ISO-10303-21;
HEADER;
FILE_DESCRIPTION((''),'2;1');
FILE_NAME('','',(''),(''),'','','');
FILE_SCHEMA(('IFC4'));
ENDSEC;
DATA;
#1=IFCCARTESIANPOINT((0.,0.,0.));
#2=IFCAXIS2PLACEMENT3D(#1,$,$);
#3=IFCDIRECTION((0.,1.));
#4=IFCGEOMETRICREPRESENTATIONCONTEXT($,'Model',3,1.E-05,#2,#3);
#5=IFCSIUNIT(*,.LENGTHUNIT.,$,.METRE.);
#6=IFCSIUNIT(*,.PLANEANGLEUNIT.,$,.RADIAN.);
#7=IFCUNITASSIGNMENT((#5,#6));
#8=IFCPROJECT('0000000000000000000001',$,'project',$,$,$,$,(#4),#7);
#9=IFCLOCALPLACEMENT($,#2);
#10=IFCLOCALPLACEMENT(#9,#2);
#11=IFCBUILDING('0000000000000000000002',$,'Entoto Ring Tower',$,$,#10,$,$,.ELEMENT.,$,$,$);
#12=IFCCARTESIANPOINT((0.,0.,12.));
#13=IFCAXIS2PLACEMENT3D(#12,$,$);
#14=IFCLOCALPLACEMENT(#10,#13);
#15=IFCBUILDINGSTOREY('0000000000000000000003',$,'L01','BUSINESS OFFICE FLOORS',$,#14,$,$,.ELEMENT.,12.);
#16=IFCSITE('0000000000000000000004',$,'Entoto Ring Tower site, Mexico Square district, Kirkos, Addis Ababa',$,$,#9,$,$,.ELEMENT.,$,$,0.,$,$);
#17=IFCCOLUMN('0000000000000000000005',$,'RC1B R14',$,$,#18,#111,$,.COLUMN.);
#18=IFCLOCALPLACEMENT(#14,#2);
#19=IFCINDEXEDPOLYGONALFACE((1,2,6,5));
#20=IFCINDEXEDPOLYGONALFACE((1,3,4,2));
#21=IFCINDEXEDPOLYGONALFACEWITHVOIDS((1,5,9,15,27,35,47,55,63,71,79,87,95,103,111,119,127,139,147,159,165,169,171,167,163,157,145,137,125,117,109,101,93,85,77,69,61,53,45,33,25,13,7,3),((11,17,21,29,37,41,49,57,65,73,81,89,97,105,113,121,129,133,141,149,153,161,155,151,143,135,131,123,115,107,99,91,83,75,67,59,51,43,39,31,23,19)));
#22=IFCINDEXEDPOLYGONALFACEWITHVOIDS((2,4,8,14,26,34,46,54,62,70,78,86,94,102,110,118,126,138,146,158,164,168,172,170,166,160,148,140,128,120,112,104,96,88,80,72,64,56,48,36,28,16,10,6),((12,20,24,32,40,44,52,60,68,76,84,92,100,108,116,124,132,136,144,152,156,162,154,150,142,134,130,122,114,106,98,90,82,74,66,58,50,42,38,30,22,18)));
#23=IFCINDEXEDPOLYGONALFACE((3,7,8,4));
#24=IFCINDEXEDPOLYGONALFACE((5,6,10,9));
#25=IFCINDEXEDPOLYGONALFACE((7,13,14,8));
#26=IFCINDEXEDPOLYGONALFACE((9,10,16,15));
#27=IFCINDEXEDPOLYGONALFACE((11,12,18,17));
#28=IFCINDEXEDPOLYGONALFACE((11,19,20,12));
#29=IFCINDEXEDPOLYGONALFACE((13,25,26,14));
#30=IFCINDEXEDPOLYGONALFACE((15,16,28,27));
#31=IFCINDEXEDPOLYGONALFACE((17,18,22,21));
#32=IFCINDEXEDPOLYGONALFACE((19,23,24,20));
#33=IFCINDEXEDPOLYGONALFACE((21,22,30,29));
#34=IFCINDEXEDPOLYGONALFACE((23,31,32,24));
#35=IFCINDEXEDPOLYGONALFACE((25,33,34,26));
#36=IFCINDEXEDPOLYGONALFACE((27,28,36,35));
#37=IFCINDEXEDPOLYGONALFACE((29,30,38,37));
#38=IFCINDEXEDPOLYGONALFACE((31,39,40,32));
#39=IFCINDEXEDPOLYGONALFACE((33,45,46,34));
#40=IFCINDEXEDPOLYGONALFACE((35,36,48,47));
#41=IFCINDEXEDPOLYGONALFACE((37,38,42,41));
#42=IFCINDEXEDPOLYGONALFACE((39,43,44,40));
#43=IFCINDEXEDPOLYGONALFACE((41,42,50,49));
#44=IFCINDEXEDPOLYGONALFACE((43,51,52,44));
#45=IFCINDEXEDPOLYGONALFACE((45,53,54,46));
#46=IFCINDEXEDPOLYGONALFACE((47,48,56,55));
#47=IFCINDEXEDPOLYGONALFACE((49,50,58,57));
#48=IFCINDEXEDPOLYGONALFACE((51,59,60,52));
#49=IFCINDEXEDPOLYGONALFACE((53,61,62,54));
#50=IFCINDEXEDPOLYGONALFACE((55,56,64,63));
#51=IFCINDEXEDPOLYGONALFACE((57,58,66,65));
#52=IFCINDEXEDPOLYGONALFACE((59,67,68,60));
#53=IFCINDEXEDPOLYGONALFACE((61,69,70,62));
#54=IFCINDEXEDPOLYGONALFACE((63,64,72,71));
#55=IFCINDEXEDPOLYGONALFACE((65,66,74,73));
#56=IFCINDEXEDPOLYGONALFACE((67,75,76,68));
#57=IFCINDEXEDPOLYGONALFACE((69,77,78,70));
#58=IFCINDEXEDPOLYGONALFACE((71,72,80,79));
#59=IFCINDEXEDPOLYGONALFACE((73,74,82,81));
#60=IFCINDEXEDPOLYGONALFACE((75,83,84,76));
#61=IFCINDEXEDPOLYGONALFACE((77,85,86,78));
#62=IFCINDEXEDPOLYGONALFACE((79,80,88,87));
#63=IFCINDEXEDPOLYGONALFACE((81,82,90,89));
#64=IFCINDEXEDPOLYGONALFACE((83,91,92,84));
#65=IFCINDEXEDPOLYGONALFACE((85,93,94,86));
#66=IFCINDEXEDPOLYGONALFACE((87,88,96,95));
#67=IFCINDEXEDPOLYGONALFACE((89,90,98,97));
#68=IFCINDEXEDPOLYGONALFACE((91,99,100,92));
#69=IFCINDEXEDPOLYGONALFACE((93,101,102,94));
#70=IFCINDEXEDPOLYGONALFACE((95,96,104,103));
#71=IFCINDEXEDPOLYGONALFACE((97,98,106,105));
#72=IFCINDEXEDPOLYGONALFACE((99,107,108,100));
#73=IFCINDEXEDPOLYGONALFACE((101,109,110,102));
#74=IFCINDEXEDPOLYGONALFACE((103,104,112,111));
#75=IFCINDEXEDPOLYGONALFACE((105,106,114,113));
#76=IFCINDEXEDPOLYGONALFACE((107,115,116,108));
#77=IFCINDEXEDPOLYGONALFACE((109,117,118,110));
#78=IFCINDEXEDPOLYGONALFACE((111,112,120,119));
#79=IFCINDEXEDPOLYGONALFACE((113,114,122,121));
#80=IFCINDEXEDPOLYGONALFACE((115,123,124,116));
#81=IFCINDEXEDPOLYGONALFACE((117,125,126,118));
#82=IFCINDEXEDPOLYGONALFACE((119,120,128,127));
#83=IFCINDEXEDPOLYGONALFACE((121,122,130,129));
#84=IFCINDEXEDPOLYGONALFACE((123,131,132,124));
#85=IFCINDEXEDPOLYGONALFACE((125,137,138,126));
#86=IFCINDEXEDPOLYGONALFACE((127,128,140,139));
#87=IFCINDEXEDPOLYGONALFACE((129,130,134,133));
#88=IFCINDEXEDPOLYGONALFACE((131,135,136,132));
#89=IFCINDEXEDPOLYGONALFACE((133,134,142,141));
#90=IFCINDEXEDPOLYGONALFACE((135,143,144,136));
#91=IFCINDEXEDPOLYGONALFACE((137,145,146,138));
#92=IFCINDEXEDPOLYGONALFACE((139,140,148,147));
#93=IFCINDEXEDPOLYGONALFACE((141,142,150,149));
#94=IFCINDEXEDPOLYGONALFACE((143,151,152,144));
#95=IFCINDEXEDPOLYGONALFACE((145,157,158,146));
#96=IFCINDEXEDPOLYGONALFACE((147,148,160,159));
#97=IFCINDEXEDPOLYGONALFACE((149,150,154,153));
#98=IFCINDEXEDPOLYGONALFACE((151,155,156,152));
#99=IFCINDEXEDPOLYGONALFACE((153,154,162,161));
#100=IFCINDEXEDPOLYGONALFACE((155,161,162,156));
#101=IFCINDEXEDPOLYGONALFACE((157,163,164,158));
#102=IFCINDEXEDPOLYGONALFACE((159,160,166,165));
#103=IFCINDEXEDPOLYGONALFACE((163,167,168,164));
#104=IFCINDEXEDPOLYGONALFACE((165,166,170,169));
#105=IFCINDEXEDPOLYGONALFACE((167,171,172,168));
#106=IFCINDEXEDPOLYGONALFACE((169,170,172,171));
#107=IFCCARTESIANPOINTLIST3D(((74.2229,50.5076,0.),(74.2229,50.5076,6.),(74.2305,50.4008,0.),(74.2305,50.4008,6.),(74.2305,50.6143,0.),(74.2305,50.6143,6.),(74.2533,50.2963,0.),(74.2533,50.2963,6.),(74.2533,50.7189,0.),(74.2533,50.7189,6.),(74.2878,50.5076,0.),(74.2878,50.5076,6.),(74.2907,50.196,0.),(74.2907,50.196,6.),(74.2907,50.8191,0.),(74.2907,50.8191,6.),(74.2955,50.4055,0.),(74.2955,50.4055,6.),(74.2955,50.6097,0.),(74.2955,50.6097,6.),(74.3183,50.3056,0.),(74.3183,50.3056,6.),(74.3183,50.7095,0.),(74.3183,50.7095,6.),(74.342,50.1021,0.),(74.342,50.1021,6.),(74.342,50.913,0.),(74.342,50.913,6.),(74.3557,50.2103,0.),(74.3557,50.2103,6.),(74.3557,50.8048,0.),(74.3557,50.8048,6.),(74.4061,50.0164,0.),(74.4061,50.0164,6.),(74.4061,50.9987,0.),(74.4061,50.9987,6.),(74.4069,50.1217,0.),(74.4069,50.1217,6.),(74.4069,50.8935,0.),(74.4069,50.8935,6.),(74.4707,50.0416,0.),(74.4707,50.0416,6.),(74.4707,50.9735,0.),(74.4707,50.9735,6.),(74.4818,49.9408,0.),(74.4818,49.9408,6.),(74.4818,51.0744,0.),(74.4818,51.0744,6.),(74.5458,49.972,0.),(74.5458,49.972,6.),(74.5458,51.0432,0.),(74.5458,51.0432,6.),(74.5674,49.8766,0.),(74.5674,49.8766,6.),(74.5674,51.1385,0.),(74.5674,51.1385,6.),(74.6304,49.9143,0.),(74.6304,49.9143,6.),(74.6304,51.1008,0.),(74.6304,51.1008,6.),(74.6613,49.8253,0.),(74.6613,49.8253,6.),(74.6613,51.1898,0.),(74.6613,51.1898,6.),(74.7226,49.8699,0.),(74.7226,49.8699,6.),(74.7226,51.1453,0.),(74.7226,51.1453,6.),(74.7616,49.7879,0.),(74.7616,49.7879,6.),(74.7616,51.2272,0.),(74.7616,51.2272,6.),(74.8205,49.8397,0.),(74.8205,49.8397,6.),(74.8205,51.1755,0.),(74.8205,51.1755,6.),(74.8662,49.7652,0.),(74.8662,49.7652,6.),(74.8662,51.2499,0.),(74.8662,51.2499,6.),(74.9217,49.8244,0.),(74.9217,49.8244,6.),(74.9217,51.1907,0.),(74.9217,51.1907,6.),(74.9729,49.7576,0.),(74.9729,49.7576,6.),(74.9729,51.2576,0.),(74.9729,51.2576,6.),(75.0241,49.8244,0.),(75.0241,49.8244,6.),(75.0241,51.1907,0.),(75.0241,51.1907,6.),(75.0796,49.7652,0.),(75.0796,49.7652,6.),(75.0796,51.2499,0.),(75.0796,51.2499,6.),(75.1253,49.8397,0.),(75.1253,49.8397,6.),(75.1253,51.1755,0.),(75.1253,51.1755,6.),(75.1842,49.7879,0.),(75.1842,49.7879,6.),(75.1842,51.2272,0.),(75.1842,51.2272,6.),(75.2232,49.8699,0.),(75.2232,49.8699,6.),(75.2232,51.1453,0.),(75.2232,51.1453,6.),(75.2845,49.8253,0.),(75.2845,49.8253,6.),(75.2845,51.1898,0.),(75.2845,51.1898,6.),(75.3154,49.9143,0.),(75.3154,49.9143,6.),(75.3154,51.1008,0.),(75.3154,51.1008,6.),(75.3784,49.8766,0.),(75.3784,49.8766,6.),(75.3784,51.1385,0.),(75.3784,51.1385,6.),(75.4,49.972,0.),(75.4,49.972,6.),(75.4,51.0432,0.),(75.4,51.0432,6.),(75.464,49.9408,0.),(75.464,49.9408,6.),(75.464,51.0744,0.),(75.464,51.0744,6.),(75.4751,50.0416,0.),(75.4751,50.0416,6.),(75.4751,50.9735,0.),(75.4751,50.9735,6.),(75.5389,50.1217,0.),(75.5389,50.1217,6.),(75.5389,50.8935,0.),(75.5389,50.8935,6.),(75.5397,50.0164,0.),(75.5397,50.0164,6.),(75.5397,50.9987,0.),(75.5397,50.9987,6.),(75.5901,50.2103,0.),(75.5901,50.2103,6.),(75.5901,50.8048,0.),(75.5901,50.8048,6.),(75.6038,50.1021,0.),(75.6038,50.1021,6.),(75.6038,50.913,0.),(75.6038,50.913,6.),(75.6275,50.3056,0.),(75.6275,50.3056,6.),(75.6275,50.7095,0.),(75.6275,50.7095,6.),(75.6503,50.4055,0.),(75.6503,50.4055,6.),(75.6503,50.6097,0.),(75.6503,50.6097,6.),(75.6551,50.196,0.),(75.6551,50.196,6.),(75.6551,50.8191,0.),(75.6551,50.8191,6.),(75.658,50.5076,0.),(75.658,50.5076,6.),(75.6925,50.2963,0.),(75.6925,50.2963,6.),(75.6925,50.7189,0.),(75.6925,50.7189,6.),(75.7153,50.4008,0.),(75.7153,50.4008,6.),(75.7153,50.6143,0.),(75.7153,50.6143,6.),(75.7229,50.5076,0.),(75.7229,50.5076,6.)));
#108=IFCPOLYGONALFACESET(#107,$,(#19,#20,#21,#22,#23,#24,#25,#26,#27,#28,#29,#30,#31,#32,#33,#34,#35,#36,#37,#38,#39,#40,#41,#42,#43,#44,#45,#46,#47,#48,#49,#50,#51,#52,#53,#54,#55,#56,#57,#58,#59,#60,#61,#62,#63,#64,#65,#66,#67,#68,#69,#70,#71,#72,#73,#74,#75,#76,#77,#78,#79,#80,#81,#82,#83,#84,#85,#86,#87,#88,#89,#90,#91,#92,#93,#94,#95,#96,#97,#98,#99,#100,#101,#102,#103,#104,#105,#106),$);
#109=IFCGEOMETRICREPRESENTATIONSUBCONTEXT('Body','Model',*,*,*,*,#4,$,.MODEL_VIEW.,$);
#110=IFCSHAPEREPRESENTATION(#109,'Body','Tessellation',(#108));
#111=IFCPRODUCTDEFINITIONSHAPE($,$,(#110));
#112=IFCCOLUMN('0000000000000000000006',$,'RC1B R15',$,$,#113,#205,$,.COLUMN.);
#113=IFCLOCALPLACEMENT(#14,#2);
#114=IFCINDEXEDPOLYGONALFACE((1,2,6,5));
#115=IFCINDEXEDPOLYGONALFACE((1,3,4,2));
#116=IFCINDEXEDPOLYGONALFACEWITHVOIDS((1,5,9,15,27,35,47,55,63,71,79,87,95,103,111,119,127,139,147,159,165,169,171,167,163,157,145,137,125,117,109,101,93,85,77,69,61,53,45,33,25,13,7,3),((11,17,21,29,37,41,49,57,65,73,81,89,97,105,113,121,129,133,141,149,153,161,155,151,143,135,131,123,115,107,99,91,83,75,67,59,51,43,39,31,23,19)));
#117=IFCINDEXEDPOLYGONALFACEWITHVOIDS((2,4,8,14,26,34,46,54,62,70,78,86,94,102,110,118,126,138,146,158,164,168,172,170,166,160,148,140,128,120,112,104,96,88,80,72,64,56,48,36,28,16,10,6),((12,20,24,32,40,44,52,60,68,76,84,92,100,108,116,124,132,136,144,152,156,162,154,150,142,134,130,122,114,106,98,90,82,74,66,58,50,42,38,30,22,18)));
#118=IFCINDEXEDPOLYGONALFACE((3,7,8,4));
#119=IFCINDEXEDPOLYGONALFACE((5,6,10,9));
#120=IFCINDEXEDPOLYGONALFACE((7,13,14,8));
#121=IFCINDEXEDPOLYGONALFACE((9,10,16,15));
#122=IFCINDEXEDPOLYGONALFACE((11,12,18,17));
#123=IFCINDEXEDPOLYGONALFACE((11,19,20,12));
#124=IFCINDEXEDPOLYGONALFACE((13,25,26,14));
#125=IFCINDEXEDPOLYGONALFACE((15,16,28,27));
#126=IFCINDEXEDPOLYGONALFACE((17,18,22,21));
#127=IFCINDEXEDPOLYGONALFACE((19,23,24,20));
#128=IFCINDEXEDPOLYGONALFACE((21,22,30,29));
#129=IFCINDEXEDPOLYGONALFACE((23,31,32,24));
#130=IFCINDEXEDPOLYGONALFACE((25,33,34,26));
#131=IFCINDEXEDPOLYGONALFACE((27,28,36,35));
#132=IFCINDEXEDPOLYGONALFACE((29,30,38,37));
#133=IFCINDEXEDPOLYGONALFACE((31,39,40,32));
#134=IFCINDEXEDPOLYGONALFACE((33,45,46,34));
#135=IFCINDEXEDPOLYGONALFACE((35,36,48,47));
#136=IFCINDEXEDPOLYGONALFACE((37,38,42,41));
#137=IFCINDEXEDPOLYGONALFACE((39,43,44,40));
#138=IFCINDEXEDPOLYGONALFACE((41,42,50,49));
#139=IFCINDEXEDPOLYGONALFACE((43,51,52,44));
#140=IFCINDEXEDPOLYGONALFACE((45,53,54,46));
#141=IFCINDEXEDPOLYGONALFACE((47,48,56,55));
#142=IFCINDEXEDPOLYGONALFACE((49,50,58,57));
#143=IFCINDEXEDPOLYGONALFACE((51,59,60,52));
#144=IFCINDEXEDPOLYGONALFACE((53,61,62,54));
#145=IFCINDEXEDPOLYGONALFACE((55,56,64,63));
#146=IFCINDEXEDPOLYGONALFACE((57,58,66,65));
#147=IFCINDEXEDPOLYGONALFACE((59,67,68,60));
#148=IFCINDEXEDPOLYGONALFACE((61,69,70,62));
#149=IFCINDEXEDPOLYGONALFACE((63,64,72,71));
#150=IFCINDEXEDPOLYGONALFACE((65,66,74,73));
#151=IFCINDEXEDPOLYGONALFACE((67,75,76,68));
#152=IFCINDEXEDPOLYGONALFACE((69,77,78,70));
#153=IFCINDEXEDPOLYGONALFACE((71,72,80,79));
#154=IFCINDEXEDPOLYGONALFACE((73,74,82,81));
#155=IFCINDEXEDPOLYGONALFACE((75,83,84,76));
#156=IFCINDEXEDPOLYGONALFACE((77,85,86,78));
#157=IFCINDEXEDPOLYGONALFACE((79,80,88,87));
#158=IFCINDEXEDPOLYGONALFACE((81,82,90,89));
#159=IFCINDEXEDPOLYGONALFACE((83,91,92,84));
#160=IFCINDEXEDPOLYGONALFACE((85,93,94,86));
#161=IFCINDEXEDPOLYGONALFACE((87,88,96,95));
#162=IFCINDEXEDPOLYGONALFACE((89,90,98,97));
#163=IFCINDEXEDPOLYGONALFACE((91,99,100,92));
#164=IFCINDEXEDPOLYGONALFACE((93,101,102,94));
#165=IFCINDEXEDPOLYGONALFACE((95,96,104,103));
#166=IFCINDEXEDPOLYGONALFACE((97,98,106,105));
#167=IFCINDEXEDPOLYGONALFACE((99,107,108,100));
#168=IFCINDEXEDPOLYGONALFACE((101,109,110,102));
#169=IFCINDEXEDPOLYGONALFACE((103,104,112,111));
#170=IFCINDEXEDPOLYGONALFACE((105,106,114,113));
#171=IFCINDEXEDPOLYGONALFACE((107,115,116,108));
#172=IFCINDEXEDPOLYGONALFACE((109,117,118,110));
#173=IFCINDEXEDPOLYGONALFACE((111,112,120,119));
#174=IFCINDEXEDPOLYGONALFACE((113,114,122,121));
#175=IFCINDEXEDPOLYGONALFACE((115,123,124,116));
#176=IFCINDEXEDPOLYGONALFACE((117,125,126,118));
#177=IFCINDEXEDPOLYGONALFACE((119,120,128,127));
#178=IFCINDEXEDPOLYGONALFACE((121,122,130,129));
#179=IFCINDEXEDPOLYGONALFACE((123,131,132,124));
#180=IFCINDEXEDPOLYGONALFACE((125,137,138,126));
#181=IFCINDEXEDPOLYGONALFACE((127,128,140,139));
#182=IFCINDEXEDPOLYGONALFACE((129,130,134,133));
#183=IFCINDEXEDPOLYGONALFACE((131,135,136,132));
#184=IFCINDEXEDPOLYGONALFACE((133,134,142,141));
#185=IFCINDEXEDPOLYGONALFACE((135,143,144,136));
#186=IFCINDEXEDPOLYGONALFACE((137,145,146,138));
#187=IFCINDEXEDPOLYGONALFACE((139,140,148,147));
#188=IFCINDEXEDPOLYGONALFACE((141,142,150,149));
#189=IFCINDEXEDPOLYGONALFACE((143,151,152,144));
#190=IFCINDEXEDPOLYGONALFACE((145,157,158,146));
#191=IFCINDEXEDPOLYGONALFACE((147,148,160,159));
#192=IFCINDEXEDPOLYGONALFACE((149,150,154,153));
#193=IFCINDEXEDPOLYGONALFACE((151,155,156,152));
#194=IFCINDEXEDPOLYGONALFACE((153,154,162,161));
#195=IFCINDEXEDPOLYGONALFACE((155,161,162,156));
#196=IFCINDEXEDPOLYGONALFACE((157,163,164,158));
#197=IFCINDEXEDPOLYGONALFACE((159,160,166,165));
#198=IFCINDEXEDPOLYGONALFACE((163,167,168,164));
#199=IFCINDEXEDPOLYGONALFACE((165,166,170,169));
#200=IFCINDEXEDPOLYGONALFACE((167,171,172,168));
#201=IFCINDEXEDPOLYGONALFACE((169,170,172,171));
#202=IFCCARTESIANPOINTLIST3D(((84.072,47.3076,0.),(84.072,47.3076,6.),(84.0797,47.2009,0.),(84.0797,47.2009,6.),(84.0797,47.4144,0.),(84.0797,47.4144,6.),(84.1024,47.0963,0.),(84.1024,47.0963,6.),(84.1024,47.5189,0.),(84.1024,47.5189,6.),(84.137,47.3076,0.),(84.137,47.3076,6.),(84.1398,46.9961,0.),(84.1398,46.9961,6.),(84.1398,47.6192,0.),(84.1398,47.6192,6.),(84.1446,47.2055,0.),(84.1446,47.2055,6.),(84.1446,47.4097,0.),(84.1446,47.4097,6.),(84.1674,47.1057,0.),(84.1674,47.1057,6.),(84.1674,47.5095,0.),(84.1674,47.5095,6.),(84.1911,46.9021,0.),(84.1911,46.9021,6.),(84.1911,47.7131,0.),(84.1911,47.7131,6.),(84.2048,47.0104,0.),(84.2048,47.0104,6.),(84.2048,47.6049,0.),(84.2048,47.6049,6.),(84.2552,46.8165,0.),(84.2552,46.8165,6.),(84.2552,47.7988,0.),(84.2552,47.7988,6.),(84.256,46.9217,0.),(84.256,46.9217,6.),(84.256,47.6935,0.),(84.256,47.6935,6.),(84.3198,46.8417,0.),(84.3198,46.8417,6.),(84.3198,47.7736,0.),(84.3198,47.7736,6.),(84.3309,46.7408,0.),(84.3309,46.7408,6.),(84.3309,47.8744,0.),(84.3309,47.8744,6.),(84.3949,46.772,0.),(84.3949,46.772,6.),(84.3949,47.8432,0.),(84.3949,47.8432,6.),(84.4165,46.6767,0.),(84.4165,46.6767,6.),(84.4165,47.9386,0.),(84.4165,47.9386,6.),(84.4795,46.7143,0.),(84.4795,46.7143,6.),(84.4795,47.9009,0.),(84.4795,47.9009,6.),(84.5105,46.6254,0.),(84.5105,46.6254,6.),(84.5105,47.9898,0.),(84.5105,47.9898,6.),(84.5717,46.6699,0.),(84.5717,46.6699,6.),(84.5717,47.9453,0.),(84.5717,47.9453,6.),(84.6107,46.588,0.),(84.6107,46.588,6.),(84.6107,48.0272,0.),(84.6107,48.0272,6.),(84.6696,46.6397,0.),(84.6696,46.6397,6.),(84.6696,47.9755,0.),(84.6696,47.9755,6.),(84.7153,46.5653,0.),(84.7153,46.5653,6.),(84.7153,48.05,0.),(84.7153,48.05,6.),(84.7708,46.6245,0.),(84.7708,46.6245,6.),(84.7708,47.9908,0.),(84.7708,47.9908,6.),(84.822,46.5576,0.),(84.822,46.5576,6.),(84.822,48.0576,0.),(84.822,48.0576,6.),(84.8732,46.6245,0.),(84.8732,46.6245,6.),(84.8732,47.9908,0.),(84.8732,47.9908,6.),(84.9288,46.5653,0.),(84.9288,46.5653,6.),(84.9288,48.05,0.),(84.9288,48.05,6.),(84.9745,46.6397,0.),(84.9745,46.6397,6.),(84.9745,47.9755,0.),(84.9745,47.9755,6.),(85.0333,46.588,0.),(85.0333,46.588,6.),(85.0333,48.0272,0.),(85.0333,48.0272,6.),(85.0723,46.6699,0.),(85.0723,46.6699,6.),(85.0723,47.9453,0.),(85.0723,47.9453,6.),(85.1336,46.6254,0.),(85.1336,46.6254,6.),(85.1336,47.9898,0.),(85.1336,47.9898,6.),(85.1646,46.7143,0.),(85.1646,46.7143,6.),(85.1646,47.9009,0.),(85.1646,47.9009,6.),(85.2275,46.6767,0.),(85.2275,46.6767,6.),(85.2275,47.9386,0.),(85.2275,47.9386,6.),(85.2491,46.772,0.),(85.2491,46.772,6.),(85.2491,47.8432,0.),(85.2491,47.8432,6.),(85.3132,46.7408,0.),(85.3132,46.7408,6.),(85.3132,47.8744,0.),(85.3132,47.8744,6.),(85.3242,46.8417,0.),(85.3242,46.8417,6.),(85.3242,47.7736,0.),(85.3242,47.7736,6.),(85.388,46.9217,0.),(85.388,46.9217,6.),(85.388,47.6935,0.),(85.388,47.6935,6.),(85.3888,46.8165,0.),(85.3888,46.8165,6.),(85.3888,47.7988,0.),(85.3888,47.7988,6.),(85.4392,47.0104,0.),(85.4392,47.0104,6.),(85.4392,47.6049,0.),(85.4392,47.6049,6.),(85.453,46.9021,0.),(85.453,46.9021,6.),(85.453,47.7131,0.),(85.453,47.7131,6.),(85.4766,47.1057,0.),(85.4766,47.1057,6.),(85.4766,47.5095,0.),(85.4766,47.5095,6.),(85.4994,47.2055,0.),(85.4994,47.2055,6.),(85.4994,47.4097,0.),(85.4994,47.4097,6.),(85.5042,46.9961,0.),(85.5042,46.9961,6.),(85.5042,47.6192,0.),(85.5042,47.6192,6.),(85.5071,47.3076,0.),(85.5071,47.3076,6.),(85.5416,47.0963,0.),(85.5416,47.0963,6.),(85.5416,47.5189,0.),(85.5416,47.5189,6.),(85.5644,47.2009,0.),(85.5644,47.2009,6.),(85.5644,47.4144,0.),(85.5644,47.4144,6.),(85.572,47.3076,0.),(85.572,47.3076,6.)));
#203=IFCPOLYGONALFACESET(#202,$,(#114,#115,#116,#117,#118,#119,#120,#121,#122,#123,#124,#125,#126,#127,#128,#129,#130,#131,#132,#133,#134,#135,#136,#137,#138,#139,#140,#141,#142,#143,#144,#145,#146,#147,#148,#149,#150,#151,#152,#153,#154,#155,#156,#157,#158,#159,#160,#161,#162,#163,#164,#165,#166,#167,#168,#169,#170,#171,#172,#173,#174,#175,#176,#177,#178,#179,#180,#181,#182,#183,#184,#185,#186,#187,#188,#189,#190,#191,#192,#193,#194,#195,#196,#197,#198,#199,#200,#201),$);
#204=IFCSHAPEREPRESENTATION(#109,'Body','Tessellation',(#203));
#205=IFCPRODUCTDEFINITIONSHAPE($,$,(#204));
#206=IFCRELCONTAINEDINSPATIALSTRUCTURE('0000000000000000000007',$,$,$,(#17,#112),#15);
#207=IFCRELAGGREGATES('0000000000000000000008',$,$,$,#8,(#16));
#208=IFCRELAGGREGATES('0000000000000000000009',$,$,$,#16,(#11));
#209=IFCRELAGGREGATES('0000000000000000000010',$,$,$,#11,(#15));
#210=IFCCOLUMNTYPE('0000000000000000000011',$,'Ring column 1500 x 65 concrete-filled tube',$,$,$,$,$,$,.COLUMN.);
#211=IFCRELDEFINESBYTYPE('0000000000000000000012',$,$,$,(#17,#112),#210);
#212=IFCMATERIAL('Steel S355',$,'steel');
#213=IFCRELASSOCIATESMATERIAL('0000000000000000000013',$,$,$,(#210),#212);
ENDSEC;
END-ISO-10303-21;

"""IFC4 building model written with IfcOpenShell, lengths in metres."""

from ifc_helpers import new_model, si_unit, direction, frame, origin, origin_2d, place, context, subcontext, project, spatial, circle, hollow_circle, extrude, material, material_profile, profile_set, type_object, element, save


model = new_model("IFC4")

# Units and contexts
model_context = context("Model", 3, precision=1e-05, world=origin(), true_north=direction((0.0, 1.0)))
body_context = subcontext(model_context, "Body", "Model", "MODEL_VIEW")
ifc_project = project(units=[si_unit("LENGTHUNIT", "METRE"), si_unit("PLANEANGLEUNIT", "RADIAN")], contexts=[model_context])

# Site, building, storey
site_placement = place(None, origin())
site = spatial("IfcSite", under=ifc_project, at=site_placement, Name="Entoto Ring Tower site, Mexico Square district, Kirkos, Addis Ababa", CompositionType="ELEMENT", RefElevation=0.0)
building_placement = place(site_placement, origin())
building = spatial("IfcBuilding", under=site, at=building_placement, Name="Entoto Ring Tower", CompositionType="ELEMENT")
storey_placement = place(building_placement, frame((0.0, 0.0, 12.0)))
storey = spatial("IfcBuildingStorey", under=building, at=storey_placement, Name="L01", Description="BUSINESS OFFICE FLOORS", CompositionType="ELEMENT", Elevation=12.0)

# Columns
ifc_material_1 = material(Name="Steel S355", Category="steel")
ifc_material_profile_1 = material_profile(ifc_material_1, hollow_circle(Radius=0.75, WallThickness=0.0649, at=origin_2d()), Name="CHS 1500 x 65")
ifc_material_2 = material(Name="Concrete C60/75", Category="concrete")
ifc_material_profile_2 = material_profile(ifc_material_2, circle(Radius=0.6851, at=origin_2d()), Name="Concrete C60/75 infill")
ifc_profile_set_1 = profile_set([ifc_material_profile_1, ifc_material_profile_2], Name="Steel S355")
column_type = type_object("IfcColumnType", Name="Ring column 1500 x 65 concrete-filled tube", PredefinedType="COLUMN", material=ifc_profile_set_1)
for number, where, z_axis, x_axis, name in (
    (1, (74.9729, 50.5076, 0.0), (0.0, 0.0, 1.0), (1.0, 0.0, 0.0), "RC1B R14"),
    (2, (84.822, 47.3076, 0.0), (0.0, 0.0, 1.0), (1.0, 0.0, 0.0), "RC1B R15"),
):
    element("IfcColumn", number, at=place(storey_placement, frame(where, z_axis=z_axis, x_axis=x_axis)), inside=storey, type_object=column_type, Name=name, PredefinedType="COLUMN", context=body_context, shape_type="SweptSolid", body=[
        extrude(hollow_circle(Radius=0.75, WallThickness=0.0649, at=origin_2d()), origin(), (0.0, 0.0, 1.0), 6.0),
    ])

save(model, "model.ifc")
